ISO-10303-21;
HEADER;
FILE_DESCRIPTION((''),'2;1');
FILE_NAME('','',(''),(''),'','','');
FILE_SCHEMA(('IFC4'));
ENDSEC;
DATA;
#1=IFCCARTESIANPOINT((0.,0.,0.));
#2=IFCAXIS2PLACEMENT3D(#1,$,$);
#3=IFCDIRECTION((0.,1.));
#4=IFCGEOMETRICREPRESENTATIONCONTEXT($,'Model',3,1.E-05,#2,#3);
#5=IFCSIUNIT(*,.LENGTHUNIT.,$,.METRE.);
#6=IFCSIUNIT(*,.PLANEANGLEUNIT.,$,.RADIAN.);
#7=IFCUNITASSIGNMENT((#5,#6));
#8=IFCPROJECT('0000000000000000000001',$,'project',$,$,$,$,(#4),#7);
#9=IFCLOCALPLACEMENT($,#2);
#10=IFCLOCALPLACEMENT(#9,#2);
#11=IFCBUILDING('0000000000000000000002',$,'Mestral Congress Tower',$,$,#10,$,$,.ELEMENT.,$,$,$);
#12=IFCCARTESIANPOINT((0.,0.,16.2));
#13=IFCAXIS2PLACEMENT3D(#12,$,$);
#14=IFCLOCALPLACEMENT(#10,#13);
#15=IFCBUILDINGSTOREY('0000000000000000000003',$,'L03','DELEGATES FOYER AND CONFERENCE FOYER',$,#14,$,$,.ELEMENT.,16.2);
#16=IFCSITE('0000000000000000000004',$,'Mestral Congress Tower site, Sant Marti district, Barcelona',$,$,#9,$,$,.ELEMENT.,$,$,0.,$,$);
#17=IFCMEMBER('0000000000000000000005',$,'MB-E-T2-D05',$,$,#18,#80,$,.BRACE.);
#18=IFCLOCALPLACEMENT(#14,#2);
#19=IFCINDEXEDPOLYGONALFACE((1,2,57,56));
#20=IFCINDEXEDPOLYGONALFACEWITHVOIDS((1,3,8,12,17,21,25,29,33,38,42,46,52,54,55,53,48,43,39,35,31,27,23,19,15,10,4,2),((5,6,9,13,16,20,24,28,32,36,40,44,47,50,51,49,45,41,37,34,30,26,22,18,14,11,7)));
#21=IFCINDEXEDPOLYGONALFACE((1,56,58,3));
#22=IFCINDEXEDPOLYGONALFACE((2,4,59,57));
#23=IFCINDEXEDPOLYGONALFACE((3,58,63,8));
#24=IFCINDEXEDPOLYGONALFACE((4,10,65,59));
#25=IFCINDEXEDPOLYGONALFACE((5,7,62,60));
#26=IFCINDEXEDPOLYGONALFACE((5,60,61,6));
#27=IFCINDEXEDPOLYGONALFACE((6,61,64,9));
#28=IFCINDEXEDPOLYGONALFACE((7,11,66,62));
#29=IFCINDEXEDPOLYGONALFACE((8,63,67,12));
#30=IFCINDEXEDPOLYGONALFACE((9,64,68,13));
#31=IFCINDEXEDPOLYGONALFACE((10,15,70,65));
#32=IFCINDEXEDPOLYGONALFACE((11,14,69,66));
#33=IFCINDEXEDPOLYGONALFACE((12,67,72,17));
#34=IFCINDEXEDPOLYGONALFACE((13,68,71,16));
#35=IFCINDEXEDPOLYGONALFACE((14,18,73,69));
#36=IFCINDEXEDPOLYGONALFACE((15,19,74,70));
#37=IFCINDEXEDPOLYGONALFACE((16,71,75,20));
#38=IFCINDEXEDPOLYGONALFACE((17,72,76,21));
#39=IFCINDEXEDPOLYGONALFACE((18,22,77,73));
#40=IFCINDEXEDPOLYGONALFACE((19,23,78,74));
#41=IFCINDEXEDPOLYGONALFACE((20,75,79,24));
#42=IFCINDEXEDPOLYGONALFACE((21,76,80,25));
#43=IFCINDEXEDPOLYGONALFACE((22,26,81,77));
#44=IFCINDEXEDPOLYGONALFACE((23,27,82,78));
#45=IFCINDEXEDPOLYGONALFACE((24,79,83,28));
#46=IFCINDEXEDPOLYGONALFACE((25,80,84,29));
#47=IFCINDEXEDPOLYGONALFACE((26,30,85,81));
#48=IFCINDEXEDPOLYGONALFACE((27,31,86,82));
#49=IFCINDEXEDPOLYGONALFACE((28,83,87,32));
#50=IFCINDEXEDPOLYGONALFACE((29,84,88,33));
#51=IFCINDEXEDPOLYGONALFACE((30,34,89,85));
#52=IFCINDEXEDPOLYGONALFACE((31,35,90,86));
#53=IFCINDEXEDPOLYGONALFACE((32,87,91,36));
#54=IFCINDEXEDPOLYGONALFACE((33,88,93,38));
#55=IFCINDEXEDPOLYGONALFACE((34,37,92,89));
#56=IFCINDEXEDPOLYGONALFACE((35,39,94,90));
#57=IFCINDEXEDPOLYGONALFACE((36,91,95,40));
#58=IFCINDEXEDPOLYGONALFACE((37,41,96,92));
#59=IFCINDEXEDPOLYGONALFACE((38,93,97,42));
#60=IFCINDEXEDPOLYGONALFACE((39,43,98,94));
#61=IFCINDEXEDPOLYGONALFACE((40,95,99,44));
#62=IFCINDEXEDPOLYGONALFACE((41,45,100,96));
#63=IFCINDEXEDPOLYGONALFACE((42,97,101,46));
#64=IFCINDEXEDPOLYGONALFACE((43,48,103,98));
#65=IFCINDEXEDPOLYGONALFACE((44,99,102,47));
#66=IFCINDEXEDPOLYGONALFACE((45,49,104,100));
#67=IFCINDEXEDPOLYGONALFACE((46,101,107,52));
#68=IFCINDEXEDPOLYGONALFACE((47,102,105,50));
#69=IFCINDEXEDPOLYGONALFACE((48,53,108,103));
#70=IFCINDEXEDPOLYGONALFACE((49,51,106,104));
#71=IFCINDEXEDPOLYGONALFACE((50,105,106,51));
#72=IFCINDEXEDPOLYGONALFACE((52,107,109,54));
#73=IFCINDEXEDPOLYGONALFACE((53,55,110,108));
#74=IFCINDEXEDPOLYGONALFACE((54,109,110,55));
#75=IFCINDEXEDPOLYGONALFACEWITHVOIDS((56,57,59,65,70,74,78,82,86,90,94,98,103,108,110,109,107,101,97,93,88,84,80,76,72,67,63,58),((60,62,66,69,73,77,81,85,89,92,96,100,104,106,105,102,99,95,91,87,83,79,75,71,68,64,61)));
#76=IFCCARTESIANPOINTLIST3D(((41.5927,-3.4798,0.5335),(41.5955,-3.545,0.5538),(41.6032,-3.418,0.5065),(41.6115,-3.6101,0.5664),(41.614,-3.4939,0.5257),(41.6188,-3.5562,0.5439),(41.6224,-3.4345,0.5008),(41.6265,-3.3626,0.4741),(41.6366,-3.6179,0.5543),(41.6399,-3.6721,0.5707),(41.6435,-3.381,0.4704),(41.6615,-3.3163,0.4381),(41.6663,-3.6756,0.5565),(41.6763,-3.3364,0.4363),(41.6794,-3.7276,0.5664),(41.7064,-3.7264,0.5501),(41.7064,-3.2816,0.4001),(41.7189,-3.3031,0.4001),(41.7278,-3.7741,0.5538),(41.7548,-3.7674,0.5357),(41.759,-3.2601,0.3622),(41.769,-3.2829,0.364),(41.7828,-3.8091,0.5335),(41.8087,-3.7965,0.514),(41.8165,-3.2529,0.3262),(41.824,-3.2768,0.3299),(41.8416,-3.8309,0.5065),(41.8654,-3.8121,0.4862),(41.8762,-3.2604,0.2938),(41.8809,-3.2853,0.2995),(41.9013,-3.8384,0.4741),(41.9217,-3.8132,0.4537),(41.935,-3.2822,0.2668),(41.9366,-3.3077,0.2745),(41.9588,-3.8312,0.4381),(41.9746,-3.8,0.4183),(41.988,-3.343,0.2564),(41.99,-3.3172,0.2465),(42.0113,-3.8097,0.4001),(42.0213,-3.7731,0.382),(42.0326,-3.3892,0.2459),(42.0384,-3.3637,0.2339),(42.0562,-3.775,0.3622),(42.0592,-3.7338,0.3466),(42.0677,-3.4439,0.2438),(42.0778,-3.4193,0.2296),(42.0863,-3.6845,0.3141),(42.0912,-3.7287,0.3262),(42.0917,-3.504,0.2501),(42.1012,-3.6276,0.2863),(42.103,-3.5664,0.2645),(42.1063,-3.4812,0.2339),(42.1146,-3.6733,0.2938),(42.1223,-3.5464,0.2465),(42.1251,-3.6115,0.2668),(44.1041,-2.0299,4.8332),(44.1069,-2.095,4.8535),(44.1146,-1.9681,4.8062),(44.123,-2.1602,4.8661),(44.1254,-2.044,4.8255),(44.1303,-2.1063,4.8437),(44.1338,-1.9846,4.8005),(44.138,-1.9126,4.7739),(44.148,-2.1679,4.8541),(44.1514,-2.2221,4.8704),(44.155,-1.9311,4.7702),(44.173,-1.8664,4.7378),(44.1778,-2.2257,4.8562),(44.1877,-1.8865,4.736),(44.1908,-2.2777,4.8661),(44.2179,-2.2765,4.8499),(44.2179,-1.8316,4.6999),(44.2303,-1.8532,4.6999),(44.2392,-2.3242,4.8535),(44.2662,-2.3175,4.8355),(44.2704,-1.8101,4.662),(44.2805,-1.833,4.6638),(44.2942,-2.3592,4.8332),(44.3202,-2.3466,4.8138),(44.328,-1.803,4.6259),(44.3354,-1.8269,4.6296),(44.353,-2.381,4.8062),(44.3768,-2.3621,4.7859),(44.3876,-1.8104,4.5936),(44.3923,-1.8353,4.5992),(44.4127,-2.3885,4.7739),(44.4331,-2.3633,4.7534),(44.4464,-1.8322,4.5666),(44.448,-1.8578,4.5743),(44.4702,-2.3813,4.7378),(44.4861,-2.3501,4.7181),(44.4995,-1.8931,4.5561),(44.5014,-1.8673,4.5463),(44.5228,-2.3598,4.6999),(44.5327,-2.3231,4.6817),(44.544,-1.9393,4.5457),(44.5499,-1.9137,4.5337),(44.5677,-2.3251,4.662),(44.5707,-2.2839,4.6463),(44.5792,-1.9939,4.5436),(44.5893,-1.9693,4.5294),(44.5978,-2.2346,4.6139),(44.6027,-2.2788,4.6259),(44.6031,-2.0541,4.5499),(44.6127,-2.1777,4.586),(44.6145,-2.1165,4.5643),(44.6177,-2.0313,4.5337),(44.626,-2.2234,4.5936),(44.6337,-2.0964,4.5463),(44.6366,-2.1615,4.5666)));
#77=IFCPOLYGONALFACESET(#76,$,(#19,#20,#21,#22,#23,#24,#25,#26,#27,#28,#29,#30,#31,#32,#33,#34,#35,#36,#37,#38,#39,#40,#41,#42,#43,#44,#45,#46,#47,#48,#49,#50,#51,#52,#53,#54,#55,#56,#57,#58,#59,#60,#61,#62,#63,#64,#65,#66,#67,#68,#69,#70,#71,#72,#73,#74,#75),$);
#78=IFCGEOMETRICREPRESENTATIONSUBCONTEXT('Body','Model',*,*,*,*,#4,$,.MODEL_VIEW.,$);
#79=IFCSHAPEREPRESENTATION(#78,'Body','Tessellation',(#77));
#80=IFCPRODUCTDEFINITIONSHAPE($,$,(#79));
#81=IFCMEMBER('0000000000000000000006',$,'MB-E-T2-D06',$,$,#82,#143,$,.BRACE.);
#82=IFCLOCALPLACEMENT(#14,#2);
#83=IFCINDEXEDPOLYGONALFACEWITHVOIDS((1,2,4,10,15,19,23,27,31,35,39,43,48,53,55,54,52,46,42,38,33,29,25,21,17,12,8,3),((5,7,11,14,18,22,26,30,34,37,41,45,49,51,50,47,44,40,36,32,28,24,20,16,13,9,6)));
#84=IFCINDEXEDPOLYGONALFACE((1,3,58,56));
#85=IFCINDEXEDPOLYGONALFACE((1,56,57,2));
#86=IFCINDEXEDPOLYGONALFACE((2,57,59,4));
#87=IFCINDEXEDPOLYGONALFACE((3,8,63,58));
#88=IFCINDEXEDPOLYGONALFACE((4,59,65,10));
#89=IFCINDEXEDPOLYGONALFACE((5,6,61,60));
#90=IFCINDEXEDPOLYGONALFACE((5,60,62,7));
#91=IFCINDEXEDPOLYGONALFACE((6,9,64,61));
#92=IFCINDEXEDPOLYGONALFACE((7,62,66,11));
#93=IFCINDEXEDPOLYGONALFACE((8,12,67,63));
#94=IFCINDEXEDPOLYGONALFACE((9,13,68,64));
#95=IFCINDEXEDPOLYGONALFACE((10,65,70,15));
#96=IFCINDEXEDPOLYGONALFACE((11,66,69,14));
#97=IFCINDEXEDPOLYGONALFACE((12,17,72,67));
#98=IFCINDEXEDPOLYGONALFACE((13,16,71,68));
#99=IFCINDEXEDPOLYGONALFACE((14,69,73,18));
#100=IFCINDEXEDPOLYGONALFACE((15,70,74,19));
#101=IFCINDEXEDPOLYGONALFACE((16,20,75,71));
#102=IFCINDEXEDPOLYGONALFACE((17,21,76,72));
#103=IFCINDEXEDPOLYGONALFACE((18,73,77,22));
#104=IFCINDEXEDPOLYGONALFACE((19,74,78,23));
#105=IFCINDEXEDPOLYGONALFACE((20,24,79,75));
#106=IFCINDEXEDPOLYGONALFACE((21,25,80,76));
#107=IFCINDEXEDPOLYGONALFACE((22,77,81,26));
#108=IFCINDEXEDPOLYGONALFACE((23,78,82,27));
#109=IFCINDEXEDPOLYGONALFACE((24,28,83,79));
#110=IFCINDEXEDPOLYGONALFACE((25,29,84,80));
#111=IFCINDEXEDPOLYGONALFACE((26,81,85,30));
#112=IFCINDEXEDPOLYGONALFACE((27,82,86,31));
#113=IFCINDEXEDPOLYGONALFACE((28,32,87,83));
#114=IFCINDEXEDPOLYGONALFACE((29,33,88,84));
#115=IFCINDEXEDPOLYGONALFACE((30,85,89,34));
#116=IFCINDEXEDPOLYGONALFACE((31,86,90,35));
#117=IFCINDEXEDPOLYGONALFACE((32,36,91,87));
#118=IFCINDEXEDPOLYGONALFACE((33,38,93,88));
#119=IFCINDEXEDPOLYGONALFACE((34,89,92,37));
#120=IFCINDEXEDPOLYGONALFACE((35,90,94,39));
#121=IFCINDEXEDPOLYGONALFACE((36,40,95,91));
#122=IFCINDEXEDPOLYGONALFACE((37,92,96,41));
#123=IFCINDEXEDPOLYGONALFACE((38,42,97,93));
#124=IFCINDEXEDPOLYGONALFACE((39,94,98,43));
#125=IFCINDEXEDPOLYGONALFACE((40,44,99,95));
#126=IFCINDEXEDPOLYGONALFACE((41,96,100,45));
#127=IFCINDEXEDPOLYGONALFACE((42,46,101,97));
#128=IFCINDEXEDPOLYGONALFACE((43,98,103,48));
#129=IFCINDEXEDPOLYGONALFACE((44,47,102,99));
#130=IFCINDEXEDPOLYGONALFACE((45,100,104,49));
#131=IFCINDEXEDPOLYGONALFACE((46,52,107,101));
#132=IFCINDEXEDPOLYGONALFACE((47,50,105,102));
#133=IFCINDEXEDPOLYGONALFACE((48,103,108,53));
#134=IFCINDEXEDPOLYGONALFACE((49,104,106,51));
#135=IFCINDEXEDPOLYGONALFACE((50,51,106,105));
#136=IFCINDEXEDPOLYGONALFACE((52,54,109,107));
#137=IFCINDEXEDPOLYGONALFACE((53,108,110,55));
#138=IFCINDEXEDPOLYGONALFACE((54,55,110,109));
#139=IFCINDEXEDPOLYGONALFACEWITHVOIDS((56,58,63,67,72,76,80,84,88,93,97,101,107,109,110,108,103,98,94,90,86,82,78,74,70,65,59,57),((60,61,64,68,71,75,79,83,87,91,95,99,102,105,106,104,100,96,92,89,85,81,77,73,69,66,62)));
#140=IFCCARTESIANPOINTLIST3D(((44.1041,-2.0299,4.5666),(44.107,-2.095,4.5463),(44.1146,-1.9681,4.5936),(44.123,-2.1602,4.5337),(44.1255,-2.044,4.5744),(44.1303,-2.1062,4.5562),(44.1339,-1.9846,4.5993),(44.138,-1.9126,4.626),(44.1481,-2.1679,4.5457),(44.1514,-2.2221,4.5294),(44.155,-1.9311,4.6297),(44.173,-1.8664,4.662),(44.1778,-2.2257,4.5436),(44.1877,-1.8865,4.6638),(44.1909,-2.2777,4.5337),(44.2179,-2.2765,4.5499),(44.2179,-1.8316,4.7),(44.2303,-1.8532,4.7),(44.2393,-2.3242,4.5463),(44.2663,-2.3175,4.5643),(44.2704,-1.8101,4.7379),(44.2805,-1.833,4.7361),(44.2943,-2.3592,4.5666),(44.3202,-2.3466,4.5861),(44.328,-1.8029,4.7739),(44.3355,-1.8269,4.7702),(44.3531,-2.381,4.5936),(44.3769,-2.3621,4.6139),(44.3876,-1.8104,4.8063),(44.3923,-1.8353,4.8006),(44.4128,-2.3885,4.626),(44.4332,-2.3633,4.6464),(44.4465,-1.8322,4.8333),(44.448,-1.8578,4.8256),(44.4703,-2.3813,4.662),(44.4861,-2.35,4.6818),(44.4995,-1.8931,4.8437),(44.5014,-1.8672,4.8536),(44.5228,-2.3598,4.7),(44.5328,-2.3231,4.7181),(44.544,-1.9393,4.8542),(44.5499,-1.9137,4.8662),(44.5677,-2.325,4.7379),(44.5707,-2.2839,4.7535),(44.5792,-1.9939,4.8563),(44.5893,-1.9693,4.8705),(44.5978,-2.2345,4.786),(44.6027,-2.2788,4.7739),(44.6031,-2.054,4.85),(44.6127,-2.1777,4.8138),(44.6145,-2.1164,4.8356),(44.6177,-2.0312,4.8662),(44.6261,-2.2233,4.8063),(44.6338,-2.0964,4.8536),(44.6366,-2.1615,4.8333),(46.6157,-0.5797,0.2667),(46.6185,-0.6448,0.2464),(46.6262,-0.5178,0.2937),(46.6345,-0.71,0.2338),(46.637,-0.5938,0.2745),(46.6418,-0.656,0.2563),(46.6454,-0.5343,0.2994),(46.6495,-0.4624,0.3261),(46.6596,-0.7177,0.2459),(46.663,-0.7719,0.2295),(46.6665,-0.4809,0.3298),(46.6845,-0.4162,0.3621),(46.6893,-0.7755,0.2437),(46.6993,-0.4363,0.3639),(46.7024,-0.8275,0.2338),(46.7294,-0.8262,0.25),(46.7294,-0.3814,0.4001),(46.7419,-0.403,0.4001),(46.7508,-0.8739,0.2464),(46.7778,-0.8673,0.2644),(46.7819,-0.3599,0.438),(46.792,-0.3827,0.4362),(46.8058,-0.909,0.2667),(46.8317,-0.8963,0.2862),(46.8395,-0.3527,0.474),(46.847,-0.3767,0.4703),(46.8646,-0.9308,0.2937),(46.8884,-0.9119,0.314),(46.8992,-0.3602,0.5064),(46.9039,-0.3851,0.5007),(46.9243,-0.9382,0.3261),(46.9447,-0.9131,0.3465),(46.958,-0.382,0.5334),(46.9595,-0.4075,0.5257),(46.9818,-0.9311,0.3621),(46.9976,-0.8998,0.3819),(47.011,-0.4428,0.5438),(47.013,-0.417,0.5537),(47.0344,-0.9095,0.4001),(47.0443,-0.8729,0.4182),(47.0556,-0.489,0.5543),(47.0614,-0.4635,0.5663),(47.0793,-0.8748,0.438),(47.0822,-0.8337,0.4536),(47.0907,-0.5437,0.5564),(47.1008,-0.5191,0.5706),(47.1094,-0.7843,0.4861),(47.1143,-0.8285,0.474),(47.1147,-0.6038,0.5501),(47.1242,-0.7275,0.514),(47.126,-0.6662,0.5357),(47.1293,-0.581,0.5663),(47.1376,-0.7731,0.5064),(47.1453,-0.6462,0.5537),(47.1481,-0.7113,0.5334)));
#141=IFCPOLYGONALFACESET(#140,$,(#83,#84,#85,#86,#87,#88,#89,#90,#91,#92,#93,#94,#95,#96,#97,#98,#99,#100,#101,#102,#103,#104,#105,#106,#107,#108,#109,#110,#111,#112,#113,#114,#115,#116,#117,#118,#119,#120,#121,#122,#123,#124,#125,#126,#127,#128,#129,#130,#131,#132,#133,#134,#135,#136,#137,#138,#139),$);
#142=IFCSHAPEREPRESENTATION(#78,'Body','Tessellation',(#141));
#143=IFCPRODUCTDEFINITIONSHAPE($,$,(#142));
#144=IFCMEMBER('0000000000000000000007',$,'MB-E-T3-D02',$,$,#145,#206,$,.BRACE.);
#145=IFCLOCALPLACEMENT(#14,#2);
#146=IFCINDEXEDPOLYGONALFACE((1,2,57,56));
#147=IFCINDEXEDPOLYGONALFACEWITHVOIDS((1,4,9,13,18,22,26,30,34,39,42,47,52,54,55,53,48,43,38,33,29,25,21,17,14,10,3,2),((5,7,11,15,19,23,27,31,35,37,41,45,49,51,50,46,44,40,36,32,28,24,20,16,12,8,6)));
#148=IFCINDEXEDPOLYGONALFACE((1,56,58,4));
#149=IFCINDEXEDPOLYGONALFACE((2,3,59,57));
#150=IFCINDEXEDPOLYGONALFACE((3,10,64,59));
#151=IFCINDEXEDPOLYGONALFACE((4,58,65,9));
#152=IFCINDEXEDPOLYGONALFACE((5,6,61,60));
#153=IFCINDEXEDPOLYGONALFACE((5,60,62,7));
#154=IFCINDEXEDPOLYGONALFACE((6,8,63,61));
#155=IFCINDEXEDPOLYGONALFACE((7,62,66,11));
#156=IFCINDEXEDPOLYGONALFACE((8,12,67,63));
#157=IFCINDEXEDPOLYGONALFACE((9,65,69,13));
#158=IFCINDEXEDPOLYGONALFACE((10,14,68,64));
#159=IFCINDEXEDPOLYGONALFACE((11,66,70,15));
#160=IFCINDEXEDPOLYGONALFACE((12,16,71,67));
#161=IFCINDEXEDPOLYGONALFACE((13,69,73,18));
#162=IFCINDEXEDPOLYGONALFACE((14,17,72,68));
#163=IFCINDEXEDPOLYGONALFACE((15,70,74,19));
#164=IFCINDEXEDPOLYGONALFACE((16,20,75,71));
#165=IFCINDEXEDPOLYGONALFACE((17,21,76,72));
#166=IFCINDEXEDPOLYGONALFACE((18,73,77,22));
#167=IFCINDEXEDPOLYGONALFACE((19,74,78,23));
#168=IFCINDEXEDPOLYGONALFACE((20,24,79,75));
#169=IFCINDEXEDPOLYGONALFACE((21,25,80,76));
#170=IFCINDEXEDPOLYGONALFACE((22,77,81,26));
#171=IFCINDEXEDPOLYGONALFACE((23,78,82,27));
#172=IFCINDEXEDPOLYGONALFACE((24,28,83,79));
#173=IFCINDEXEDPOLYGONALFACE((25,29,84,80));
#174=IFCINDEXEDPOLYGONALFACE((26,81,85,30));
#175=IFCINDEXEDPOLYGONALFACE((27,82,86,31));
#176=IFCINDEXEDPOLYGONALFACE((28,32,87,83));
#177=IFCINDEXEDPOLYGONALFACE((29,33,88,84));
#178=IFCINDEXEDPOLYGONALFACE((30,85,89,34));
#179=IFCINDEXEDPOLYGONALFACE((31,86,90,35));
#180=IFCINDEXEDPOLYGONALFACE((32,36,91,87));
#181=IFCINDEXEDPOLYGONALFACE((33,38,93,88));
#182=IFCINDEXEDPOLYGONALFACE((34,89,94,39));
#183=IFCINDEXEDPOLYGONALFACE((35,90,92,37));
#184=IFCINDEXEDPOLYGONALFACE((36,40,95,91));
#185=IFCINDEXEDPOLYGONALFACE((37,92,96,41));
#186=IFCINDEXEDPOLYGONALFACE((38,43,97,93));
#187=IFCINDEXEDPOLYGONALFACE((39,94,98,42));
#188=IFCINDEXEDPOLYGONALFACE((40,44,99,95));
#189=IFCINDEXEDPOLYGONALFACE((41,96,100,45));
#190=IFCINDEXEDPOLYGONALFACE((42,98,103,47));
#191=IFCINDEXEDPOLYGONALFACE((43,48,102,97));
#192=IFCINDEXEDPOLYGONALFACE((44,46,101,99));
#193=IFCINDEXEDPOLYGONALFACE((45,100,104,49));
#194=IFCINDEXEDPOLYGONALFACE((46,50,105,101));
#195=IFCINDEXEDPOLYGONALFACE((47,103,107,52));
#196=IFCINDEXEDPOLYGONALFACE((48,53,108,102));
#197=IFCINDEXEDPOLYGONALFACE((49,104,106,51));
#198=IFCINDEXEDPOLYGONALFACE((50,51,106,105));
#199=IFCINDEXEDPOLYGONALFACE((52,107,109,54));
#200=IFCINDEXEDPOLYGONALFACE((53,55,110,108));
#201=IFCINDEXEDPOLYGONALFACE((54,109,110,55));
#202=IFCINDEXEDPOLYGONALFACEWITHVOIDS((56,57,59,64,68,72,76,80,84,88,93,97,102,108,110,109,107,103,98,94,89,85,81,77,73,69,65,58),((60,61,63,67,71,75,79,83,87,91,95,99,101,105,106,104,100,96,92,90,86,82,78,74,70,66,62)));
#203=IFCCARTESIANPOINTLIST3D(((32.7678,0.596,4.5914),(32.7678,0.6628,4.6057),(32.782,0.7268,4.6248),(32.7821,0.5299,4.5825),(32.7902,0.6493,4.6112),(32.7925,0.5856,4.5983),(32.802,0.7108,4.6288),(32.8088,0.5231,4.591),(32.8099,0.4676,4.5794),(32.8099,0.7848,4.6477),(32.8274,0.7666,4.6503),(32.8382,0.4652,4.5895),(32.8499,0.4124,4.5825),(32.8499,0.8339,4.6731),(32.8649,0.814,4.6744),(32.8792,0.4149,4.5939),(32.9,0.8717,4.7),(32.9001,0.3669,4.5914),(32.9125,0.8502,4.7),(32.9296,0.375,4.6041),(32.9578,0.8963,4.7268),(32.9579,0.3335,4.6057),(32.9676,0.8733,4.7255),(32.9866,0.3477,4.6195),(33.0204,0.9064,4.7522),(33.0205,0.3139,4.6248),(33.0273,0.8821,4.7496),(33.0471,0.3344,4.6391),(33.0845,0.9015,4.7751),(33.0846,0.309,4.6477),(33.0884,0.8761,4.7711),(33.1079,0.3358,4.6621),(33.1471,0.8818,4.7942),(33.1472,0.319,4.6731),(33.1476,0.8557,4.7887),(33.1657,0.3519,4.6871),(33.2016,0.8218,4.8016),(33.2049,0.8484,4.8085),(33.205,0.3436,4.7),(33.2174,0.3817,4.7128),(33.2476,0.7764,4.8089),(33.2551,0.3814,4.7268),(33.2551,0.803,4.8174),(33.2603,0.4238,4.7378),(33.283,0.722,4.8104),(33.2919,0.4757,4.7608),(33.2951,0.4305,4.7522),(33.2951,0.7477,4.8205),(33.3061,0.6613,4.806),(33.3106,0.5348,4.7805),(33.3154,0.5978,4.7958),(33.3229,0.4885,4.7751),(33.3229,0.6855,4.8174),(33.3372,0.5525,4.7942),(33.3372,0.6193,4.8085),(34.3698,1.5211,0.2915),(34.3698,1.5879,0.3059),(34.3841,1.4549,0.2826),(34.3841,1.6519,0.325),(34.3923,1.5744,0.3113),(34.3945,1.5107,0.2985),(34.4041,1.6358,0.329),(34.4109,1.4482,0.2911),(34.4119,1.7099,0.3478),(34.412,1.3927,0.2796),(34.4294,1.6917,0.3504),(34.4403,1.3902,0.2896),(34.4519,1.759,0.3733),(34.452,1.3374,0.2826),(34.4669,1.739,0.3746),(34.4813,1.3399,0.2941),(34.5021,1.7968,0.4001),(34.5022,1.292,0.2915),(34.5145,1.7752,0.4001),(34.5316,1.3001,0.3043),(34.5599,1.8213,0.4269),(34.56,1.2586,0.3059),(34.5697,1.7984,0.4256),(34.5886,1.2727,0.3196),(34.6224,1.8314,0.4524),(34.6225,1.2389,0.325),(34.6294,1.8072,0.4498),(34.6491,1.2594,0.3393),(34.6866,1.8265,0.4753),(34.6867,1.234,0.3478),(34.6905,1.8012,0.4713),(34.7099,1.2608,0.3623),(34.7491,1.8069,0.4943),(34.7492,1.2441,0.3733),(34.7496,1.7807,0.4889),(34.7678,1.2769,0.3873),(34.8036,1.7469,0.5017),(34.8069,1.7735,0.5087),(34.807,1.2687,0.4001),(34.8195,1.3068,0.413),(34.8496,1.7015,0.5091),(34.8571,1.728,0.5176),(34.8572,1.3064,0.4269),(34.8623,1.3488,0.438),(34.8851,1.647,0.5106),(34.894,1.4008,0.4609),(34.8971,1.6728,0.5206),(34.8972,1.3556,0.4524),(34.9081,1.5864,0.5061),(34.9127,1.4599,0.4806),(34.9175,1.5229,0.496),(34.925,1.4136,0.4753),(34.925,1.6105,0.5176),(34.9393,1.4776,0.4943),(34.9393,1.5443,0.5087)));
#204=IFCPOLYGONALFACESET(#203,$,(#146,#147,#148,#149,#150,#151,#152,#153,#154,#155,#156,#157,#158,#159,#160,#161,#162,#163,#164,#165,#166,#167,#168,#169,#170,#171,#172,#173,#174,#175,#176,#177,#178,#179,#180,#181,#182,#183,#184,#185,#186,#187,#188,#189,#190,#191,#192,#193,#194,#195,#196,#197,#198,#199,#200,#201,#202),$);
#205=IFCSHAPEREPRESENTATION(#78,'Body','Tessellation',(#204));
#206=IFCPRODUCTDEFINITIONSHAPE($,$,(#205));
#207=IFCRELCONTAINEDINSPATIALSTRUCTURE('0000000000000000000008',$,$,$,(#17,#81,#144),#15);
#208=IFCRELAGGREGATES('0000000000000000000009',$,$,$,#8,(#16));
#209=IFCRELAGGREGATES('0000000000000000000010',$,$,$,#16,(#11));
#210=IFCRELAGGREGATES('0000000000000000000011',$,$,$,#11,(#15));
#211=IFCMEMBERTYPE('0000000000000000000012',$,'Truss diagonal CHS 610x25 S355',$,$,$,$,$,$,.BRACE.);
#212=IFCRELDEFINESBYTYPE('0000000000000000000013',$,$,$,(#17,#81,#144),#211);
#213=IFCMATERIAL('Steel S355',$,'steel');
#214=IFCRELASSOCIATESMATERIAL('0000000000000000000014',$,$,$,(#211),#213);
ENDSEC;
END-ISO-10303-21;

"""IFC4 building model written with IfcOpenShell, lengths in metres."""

from ifc_helpers import new_model, si_unit, direction, frame, origin, origin_2d, place, context, subcontext, project, spatial, hollow_circle, extrude, material, material_profile, profile_set, type_object, element, save


model = new_model("IFC4")

# Units and contexts
model_context = context("Model", 3, precision=1e-05, world=origin(), true_north=direction((0.0, 1.0)))
body_context = subcontext(model_context, "Body", "Model", "MODEL_VIEW")
ifc_project = project(units=[si_unit("LENGTHUNIT", "METRE"), si_unit("PLANEANGLEUNIT", "RADIAN")], contexts=[model_context])

# Site, building, storey
site_placement = place(None, origin())
site = spatial("IfcSite", under=ifc_project, at=site_placement, Name="Mestral Congress Tower site, Sant Marti district, Barcelona", CompositionType="ELEMENT", RefElevation=0.0)
building_placement = place(site_placement, origin())
building = spatial("IfcBuilding", under=site, at=building_placement, Name="Mestral Congress Tower", CompositionType="ELEMENT")
storey_placement = place(building_placement, frame((0.0, 0.0, 16.2)))
storey = spatial("IfcBuildingStorey", under=building, at=storey_placement, Name="L03", Description="DELEGATES FOYER AND CONFERENCE FOYER", CompositionType="ELEMENT", Elevation=16.2)

# Members
ifc_material_1 = material(Name="Steel S355", Category="steel")
ifc_material_profile_1 = material_profile(ifc_material_1, hollow_circle(Radius=0.3049, WallThickness=0.0249, at=origin_2d()), Name="CHS 610x25")
ifc_profile_set_1 = profile_set([ifc_material_profile_1], Name="Steel S355")
member_type_1 = type_object("IfcMemberType", Name="Truss diagonal CHS 610x25 S355", PredefinedType="BRACE", material=ifc_profile_set_1)
member_1_placement = place(storey_placement, frame((41.8589, -3.5457, 0.4001), z_axis=(0.484247, 0.279571, 0.829062), x_axis=(-0.499987, 0.866033, 0.0)))
element("IfcMember", 1, at=member_1_placement, inside=storey, type_object=member_type_1, Name="MB-E-T2-D05", PredefinedType="BRACE", context=body_context, shape_type="SweptSolid", body=[
    extrude(hollow_circle(Radius=0.3049, WallThickness=0.0249, at=origin_2d()), origin(), (0.0, 0.0, 1.0), 5.1863),
])
member_2_placement = place(storey_placement, frame((44.3704, -2.0957, 4.7), z_axis=(0.484241, 0.279614, -0.829052), x_axis=(-0.50005, 0.865996, 0.0)))
element("IfcMember", 2, at=member_2_placement, inside=storey, type_object=member_type_1, Name="MB-E-T2-D06", PredefinedType="BRACE", context=body_context, shape_type="SweptSolid", body=[
    extrude(hollow_circle(Radius=0.3049, WallThickness=0.0249, at=origin_2d()), origin(), (0.0, 0.0, 1.0), 5.1865),
])
for number, where, z_axis, x_axis, name in (
    (3, (33.0525, 0.6077, 4.7), (0.342254, 0.197623, -0.91859), (-0.500042, 0.866001, 0.0), "MB-E-T3-D02"),
):
    element("IfcMember", number, at=place(storey_placement, frame(where, z_axis=z_axis, x_axis=x_axis)), inside=storey, type_object=member_type_1, Name=name, PredefinedType="BRACE", context=body_context, shape_type="SweptSolid", body=[
        extrude(hollow_circle(Radius=0.3049, WallThickness=0.0249, at=origin_2d()), origin(), (0.0, 0.0, 1.0), 4.6809),
    ])

save(model, "model.ifc")
